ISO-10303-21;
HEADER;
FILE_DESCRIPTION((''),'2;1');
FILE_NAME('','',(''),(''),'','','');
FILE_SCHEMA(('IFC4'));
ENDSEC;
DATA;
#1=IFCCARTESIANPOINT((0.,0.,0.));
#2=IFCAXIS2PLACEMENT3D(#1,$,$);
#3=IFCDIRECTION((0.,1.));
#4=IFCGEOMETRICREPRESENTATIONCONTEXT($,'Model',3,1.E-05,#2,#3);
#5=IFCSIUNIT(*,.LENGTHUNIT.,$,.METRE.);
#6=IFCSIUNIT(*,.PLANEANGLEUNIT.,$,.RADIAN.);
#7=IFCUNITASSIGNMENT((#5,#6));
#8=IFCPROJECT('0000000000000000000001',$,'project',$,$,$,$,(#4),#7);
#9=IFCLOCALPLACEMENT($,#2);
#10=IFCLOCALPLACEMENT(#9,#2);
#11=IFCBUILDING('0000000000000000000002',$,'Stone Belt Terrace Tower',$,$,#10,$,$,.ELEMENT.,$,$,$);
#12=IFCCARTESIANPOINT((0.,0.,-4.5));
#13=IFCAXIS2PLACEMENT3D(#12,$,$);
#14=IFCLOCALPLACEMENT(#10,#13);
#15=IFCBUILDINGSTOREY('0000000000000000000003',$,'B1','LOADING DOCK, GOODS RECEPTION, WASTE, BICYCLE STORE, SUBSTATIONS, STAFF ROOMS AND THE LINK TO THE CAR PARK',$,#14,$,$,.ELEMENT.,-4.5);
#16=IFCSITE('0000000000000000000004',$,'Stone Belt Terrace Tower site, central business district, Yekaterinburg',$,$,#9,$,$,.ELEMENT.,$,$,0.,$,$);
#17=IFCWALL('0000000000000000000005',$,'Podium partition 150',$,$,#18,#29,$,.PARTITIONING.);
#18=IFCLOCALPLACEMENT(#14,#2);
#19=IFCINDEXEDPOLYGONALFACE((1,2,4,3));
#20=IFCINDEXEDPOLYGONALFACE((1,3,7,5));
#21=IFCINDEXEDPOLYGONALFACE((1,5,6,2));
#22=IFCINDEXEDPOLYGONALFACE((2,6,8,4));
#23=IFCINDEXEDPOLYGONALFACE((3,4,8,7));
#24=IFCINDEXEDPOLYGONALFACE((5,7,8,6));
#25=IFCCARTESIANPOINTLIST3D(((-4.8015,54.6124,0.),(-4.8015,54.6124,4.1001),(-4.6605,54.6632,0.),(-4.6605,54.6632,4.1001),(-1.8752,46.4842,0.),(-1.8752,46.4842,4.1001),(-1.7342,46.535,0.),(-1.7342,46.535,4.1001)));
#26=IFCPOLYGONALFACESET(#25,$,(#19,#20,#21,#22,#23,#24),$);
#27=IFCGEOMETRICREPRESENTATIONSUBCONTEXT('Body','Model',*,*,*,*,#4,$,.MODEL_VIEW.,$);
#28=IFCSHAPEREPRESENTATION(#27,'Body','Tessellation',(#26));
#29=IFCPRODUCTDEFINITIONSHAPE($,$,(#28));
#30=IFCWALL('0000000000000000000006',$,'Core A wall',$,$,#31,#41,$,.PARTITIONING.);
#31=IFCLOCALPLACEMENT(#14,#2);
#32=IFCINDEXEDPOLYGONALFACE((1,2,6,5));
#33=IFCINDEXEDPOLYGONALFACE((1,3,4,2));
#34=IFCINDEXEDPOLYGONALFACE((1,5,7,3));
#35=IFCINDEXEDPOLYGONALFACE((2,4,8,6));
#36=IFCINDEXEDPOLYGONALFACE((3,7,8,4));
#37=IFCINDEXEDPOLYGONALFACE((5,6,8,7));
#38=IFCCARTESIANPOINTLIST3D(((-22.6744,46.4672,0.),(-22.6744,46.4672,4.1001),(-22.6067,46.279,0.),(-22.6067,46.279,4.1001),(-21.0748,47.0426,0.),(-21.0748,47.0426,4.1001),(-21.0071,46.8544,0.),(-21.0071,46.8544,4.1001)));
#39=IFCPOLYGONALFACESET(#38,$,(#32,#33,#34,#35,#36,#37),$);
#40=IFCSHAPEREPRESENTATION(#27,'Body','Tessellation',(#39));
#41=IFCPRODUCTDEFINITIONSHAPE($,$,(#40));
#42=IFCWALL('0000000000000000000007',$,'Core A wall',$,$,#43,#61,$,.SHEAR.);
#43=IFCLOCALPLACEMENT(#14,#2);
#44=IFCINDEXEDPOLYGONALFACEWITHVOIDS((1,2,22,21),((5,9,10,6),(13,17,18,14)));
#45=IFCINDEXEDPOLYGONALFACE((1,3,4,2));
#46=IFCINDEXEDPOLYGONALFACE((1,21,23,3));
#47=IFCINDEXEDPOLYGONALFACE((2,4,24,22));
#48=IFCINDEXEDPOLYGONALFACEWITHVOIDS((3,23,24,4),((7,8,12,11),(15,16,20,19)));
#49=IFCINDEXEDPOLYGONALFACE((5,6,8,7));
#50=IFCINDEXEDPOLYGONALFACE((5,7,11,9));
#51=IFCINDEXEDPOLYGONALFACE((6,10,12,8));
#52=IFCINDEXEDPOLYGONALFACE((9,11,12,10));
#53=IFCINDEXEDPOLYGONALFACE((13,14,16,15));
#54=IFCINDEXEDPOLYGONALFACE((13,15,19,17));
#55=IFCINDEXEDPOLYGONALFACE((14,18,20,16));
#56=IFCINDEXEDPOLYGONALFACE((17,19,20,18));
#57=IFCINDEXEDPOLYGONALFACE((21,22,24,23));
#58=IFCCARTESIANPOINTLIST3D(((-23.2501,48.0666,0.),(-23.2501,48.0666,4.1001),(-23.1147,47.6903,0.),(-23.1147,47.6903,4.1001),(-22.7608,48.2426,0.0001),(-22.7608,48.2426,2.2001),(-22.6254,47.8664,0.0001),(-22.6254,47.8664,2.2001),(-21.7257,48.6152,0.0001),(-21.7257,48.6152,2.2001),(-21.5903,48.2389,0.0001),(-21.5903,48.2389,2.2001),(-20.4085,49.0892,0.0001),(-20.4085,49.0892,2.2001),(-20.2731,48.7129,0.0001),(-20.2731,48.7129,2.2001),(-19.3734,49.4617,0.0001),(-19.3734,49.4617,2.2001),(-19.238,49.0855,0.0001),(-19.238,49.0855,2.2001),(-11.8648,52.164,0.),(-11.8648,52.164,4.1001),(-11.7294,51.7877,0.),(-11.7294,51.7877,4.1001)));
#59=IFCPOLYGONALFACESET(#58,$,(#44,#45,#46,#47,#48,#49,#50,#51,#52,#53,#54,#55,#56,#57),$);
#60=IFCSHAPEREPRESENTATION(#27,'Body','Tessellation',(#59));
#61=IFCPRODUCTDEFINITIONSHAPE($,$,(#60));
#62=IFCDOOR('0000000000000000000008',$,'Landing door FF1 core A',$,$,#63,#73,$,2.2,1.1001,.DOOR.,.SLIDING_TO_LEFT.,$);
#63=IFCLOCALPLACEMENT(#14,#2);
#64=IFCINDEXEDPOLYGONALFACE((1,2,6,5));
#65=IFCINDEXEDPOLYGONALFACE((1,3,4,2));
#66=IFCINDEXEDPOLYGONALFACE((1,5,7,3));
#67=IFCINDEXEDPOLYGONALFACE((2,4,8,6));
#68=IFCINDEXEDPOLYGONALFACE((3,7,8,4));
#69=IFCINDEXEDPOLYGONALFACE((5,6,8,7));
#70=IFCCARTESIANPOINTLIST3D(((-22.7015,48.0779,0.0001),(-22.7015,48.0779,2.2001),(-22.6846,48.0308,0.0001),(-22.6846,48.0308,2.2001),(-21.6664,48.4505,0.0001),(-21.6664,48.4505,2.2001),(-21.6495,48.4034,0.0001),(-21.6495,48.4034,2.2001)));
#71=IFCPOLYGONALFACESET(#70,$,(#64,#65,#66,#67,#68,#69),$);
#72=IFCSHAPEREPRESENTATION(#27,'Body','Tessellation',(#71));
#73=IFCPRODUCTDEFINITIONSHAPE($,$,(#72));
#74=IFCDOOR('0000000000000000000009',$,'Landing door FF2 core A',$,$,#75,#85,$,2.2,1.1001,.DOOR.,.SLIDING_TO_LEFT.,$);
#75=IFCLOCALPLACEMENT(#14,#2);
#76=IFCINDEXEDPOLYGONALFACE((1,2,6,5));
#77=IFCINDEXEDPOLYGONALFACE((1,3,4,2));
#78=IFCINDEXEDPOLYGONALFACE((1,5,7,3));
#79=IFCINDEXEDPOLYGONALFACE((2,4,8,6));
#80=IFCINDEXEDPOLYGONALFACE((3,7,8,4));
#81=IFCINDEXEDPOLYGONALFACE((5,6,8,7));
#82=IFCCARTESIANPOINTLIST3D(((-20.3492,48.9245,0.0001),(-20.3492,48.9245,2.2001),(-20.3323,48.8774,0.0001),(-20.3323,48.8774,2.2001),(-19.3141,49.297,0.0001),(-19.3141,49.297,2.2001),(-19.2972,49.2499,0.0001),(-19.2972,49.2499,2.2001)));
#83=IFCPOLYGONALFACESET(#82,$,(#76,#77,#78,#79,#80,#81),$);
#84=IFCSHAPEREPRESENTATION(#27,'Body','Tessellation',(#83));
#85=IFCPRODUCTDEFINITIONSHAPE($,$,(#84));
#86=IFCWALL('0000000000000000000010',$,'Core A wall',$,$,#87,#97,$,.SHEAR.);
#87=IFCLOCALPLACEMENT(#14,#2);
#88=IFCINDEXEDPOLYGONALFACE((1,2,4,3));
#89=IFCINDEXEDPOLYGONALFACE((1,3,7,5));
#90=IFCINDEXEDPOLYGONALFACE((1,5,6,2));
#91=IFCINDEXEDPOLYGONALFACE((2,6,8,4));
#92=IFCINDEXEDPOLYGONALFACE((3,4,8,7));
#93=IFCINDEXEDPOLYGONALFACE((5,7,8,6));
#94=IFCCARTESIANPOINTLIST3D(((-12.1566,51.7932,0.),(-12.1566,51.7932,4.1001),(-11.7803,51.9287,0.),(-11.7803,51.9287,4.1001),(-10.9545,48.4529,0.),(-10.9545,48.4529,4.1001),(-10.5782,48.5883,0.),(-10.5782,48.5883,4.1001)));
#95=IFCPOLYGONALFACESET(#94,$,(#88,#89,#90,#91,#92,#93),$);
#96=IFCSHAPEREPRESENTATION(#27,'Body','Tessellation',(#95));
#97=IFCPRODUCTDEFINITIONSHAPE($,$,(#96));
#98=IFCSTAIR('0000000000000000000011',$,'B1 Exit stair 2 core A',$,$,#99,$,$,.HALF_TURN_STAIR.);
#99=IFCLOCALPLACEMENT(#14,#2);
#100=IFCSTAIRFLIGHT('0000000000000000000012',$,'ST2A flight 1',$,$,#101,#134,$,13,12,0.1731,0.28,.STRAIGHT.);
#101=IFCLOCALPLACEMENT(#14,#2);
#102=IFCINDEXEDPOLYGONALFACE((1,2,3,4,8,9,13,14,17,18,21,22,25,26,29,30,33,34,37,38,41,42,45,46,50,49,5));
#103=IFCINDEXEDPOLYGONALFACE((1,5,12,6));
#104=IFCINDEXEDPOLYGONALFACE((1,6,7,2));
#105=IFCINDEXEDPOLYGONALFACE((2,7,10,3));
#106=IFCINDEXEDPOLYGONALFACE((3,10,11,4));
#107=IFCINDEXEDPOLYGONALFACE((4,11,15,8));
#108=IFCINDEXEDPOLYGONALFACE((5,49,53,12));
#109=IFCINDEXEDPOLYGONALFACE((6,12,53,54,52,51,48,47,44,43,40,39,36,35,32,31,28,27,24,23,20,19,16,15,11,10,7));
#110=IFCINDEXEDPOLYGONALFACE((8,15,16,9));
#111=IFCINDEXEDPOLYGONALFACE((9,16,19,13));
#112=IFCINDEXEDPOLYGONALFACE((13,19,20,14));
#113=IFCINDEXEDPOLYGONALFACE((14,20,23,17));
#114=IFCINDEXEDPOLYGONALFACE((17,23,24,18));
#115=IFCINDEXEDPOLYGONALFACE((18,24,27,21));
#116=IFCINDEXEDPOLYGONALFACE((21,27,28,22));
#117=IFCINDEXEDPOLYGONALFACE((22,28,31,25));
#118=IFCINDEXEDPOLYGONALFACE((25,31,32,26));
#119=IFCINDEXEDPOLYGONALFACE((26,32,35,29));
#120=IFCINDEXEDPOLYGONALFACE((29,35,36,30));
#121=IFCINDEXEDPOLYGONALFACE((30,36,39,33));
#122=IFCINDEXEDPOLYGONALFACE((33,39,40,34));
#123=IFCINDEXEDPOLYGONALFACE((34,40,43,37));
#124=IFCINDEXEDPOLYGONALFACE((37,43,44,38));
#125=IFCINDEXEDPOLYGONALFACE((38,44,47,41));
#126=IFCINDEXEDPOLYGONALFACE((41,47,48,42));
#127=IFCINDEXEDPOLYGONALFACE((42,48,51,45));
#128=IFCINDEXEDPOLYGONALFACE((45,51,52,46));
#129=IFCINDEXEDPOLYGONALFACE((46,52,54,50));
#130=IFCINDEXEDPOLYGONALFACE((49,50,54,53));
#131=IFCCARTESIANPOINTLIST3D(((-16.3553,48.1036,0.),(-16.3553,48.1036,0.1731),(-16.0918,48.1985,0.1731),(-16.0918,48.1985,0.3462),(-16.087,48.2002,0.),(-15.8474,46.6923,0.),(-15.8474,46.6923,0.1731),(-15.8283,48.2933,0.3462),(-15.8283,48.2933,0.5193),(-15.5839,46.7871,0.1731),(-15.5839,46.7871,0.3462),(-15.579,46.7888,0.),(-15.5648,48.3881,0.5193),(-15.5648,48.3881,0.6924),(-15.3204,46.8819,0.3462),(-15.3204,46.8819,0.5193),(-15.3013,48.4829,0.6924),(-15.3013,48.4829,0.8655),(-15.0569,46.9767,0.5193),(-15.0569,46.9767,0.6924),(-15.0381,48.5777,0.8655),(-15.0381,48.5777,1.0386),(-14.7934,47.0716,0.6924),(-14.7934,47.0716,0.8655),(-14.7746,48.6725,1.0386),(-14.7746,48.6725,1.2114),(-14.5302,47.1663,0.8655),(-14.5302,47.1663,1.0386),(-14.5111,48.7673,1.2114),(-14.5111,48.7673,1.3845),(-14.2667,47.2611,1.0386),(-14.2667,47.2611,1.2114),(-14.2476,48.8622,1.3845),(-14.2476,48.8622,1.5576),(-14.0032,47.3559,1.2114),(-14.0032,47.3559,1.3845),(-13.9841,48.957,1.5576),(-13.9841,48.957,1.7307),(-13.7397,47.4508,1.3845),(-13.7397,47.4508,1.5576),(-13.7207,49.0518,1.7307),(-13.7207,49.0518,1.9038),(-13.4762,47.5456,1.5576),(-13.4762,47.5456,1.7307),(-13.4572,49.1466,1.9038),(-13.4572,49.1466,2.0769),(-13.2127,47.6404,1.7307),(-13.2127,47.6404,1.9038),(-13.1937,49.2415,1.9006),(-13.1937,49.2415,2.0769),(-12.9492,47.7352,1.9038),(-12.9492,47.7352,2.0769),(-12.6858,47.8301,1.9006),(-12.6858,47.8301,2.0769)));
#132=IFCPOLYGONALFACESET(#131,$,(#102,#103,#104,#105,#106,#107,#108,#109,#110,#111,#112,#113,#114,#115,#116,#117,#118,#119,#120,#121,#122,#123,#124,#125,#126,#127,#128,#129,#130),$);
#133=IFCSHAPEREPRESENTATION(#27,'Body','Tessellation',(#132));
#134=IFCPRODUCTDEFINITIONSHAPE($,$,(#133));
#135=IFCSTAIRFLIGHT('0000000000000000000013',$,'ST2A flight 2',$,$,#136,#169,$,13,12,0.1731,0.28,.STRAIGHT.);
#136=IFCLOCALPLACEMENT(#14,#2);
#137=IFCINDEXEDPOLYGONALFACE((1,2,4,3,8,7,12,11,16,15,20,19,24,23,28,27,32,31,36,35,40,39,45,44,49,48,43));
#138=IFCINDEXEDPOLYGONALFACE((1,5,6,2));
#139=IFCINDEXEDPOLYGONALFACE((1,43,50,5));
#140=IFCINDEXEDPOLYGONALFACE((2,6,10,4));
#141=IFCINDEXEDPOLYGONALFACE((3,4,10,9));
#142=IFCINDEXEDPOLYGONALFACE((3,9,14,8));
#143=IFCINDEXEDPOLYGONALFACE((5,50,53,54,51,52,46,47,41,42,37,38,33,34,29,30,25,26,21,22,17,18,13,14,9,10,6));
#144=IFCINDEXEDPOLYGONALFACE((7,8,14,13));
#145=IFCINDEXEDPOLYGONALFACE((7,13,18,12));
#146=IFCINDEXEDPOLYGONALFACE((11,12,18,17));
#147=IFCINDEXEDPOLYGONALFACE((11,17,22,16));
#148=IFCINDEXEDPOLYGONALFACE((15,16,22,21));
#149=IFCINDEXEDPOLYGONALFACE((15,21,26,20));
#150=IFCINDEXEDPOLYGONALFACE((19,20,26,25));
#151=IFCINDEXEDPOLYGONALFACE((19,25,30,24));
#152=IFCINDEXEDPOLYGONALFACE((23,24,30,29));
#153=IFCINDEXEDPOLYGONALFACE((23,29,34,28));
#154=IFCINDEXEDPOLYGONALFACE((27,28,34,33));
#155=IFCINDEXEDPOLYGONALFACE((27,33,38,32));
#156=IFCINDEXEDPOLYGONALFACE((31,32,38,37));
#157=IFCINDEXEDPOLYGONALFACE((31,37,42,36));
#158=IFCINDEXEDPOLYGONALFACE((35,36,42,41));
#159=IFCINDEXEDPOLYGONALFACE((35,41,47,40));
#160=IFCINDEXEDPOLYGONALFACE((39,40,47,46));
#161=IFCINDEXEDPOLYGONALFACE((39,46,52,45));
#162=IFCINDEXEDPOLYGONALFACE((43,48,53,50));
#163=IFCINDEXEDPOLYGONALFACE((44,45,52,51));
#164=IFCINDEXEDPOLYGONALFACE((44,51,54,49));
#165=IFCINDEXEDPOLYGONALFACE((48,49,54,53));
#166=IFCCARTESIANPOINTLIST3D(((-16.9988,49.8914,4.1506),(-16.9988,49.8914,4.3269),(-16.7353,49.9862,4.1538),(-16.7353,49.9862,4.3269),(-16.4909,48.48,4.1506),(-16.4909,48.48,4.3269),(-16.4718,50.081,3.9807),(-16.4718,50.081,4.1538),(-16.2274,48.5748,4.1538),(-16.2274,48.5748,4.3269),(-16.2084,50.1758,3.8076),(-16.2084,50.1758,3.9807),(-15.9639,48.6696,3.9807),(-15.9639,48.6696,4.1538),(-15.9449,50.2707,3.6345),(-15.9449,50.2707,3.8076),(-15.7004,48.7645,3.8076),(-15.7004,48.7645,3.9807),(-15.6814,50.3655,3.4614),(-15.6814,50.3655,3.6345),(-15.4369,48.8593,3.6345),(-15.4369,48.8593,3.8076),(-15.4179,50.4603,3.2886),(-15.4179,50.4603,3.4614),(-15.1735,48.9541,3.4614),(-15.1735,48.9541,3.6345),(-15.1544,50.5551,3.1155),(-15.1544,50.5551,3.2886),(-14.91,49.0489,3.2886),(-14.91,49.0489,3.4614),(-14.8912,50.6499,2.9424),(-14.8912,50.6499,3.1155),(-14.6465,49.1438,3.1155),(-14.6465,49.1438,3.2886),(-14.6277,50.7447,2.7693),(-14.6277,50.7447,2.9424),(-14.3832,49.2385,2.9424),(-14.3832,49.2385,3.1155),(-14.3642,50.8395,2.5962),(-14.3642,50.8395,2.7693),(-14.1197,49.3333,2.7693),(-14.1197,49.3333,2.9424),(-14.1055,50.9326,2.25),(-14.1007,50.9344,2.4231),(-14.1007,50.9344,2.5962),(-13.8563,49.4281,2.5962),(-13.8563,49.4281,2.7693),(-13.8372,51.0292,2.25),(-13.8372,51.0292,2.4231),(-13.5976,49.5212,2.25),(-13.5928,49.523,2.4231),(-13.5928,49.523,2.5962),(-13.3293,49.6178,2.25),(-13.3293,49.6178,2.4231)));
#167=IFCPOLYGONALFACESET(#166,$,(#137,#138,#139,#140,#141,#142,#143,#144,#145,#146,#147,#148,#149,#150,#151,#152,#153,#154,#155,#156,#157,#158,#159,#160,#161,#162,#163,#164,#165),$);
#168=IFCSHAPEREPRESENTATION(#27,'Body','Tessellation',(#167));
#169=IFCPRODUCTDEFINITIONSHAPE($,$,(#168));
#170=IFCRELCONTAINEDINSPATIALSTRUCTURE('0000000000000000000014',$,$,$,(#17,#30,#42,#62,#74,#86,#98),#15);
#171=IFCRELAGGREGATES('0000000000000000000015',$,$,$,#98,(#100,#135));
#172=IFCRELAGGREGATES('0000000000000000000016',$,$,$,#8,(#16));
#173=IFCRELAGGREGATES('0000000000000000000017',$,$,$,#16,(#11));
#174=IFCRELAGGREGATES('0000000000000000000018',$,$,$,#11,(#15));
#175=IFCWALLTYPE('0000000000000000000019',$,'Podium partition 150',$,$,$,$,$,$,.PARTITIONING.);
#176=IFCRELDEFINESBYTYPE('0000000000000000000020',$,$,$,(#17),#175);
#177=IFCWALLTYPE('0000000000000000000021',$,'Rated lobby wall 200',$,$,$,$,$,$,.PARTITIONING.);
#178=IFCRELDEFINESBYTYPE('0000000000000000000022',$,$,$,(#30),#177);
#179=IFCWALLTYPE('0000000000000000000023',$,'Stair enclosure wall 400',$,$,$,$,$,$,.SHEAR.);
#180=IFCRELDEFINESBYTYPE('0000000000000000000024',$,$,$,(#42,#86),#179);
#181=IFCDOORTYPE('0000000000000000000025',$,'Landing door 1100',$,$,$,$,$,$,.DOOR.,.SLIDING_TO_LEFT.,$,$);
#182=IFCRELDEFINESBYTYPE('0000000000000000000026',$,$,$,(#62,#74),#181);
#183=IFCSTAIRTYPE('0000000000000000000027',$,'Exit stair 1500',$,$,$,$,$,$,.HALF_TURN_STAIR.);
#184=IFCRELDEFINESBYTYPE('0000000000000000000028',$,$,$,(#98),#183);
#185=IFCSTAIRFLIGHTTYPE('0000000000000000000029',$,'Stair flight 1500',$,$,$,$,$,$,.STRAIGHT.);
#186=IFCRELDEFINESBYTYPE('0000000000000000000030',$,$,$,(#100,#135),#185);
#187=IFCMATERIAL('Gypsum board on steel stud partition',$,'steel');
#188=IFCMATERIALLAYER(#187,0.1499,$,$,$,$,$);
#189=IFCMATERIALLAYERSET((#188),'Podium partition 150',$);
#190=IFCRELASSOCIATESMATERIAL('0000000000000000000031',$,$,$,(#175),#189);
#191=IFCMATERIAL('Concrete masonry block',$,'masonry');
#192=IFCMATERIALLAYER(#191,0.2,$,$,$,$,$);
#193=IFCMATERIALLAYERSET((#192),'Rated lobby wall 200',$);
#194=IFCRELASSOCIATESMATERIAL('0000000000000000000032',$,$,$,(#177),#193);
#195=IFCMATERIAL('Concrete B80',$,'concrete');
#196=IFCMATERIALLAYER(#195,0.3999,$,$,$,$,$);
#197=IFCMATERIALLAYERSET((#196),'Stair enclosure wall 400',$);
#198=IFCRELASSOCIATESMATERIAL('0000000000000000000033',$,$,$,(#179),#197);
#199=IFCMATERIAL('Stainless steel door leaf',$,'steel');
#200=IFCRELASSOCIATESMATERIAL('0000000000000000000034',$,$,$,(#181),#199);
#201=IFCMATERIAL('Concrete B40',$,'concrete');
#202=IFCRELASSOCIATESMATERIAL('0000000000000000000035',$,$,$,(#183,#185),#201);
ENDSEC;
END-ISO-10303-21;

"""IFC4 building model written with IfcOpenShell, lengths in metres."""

from ifc_helpers import new_model, si_unit, direction, frame, frame_2d, origin, place, context, subcontext, project, spatial, polyline, rectangle, outline, extrude, material, layer, layer_set, type_object, element, fill, aggregate, save


model = new_model("IFC4")

# Units and contexts
model_context = context("Model", 3, precision=1e-05, world=origin(), true_north=direction((0.0, 1.0)))
body_context = subcontext(model_context, "Body", "Model", "MODEL_VIEW")
ifc_project = project(units=[si_unit("LENGTHUNIT", "METRE"), si_unit("PLANEANGLEUNIT", "RADIAN")], contexts=[model_context])

# Site, building, storey
site_placement = place(None, origin())
site = spatial("IfcSite", under=ifc_project, at=site_placement, Name="Stone Belt Terrace Tower site, central business district, Yekaterinburg", CompositionType="ELEMENT", RefElevation=0.0)
building_placement = place(site_placement, origin())
building = spatial("IfcBuilding", under=site, at=building_placement, Name="Stone Belt Terrace Tower", CompositionType="ELEMENT")
storey_placement = place(building_placement, frame((0.0, 0.0, -4.5)))
storey = spatial("IfcBuildingStorey", under=building, at=storey_placement, Name="B1", Description="LOADING DOCK, GOODS RECEPTION, WASTE, BICYCLE STORE, SUBSTATIONS, STAFF ROOMS AND THE LINK TO THE CAR PARK", CompositionType="ELEMENT", Elevation=-4.5)

# Shared definitions
ifc_material_1 = material(Name="Concrete B80", Category="concrete")

# Walls
ifc_material_2 = material(Name="Gypsum board on steel stud partition", Category="steel")
ifc_layer_1 = layer(ifc_material_2, 0.1499)
ifc_layer_set_1 = layer_set([ifc_layer_1], Name="Podium partition 150")
wall_type_1 = type_object("IfcWallType", Name="Podium partition 150", PredefinedType="PARTITIONING", material=ifc_layer_set_1)
wall_1_placement = place(storey_placement, frame((-4.731, 54.6377, 0.0), z_axis=(0.0, 0.0, 1.0), x_axis=(0.338732, -0.940883, 0.0)))
element("IfcWall", 1, at=wall_1_placement, inside=storey, type_object=wall_type_1, Name="Podium partition 150", PredefinedType="PARTITIONING", context=body_context, shape_type="SweptSolid", body=[
    extrude(rectangle(XDim=8.6389, YDim=0.1499, at=frame_2d((4.3193, 0.0))), origin(), (0.0, 0.0, 1.0), 4.1001),
])
ifc_material_3 = material(Name="Concrete masonry block", Category="masonry")
ifc_layer_2 = layer(ifc_material_3, 0.2)
ifc_layer_set_2 = layer_set([ifc_layer_2], Name="Rated lobby wall 200")
wall_type_2 = type_object("IfcWallType", Name="Rated lobby wall 200", PredefinedType="PARTITIONING", material=ifc_layer_set_2)
wall_2_placement = place(storey_placement, frame((-22.6406, 46.373, 0.0), z_axis=(0.0, 0.0, 1.0), x_axis=(0.940966, 0.338501, 0.0)))
element("IfcWall", 2, at=wall_2_placement, inside=storey, type_object=wall_type_2, Name="Core A wall", PredefinedType="PARTITIONING", context=body_context, shape_type="SweptSolid", body=[
    extrude(rectangle(XDim=1.7, YDim=0.2, at=frame_2d((0.8501, 0.0))), origin(), (0.0, 0.0, 1.0), 4.1001),
])

# Wall, openings, doors
ifc_layer_3 = layer(ifc_material_1, 0.3999)
ifc_layer_set_3 = layer_set([ifc_layer_3], Name="Stair enclosure wall 400")
wall_type_3 = type_object("IfcWallType", Name="Stair enclosure wall 400", PredefinedType="SHEAR", material=ifc_layer_set_3)
wall_3_placement = place(storey_placement, frame((-23.1824, 47.8784, 0.0), z_axis=(0.0, 0.0, 1.0), x_axis=(0.940921, 0.338626, 0.0)))
wall_3 = element("IfcWall", 3, at=wall_3_placement, inside=storey, type_object=wall_type_3, Name="Core A wall", PredefinedType="SHEAR", context=body_context, shape_type="SweptSolid", body=[
    extrude(rectangle(XDim=12.1001, YDim=0.3999, at=frame_2d((6.05, 0.0))), origin(), (0.0, 0.0, 1.0), 4.1001),
])
opening_1_placement = place(wall_3_placement, frame((0.52, 0.0, 0.0)))
opening_1 = element("IfcOpeningElement", 4, at=opening_1_placement, cuts=wall_3, PredefinedType="OPENING", context=body_context, shape_type="SweptSolid", body=[
    extrude(rectangle(XDim=1.1001, YDim=2.2, at=frame_2d((0.55, 1.1001))), frame((0.0, 0.21, 0.0), z_axis=(0.0, -1.0, 0.0), x_axis=(1.0, 0.0, 0.0)), (0.0, 0.0, 1.0), 0.4199),
])
opening_2_placement = place(wall_3_placement, frame((3.02, 0.0, 0.0)))
opening_2 = element("IfcOpeningElement", 5, at=opening_2_placement, cuts=wall_3, PredefinedType="OPENING", context=body_context, shape_type="SweptSolid", body=[
    extrude(rectangle(XDim=1.1001, YDim=2.2, at=frame_2d((0.55, 1.1001))), frame((0.0, 0.21, 0.0), z_axis=(0.0, -1.0, 0.0), x_axis=(1.0, 0.0, 0.0)), (0.0, 0.0, 1.0), 0.4199),
])
ifc_material_4 = material(Name="Stainless steel door leaf", Category="steel")
door_type_1 = type_object("IfcDoorType", Name="Landing door 1100", OperationType="SLIDING_TO_LEFT", PredefinedType="DOOR", material=ifc_material_4)
door_1_placement = place(opening_1_placement, origin())
door_1 = element("IfcDoor", 6, at=door_1_placement, inside=storey, type_object=door_type_1, Name="Landing door FF1 core A", OperationType="SLIDING_TO_LEFT", OverallHeight=2.2, OverallWidth=1.1001, PredefinedType="DOOR", context=body_context, shape_type="SweptSolid", body=[
    extrude(rectangle(XDim=1.1001, YDim=2.2, at=frame_2d((0.55, 1.1001))), frame((0.0, 0.0249, 0.0), z_axis=(0.0, -1.0, 0.0), x_axis=(1.0, 0.0, 0.0)), (0.0, 0.0, 1.0), 0.05),
])
fill(opening_1, door_1)
door_2_placement = place(opening_2_placement, origin())
door_2 = element("IfcDoor", 7, at=door_2_placement, inside=storey, type_object=door_type_1, Name="Landing door FF2 core A", OperationType="SLIDING_TO_LEFT", OverallHeight=2.2, OverallWidth=1.1001, PredefinedType="DOOR", context=body_context, shape_type="SweptSolid", body=[
    extrude(rectangle(XDim=1.1001, YDim=2.2, at=frame_2d((0.55, 1.1001))), frame((0.0, 0.0249, 0.0), z_axis=(0.0, -1.0, 0.0), x_axis=(1.0, 0.0, 0.0)), (0.0, 0.0, 1.0), 0.05),
])
fill(opening_2, door_2)

# Wall
wall_4_placement = place(storey_placement, frame((-10.7664, 48.5208, 0.0), z_axis=(0.0, 0.0, 1.0), x_axis=(-0.338627, 0.940921, 0.0)))
element("IfcWall", 8, at=wall_4_placement, inside=storey, type_object=wall_type_3, Name="Core A wall", PredefinedType="SHEAR", context=body_context, shape_type="SweptSolid", body=[
    extrude(rectangle(XDim=3.55, YDim=0.3999, at=frame_2d((1.7749, 0.0))), origin(), (0.0, 0.0, 1.0), 4.1001),
])

# Stair, stair flights
ifc_material_5 = material(Name="Concrete B40", Category="concrete")
stair_type = type_object("IfcStairType", Name="Exit stair 1500", PredefinedType="HALF_TURN_STAIR", material=ifc_material_5)
stair_placement = place(storey_placement, origin())
stair = element("IfcStair", 9, at=stair_placement, inside=storey, type_object=stair_type, Name="B1 Exit stair 2 core A", PredefinedType="HALF_TURN_STAIR")
stair_flight_type = type_object("IfcStairFlightType", Name="Stair flight 1500", PredefinedType="STRAIGHT", material=ifc_material_5)
stair_flight_1_placement = place(storey_placement, frame((-16.1013, 47.3979, 0.0), z_axis=(0.0, 0.0, 1.0), x_axis=(0.940922, 0.338624, 0.0)))
stair_flight_1 = element("IfcStairFlight", 10, at=stair_flight_1_placement, type_object=stair_flight_type, Name="ST2A flight 1", NumberOfRisers=13, NumberOfTreads=12, PredefinedType="STRAIGHT", RiserHeight=0.1731, TreadLength=0.28, context=body_context, shape_type="SweptSolid", body=[
    extrude(outline(polyline([(0.0, 0.0), (0.0, 0.1731), (0.28, 0.1731), (0.28, 0.3462), (0.5601, 0.3462), (0.5601, 0.5193), (0.8401, 0.5193), (0.8401, 0.6924), (1.1201, 0.6924), (1.1201, 0.8655), (1.3999, 0.8655), (1.3999, 1.0386), (1.6799, 1.0386), (1.6799, 1.2114), (1.96, 1.2114), (1.96, 1.3845), (2.24, 1.3845), (2.24, 1.5576), (2.52, 1.5576), (2.52, 1.7307), (2.8, 1.7307), (2.8, 1.9038), (3.0801, 1.9038), (3.0801, 2.0769), (3.3601, 2.0769), (3.3601, 2.25), (3.3601, 1.9006), (0.2852, 0.0), (0.0, 0.0)])), frame((0.0, 0.75, 0.0), z_axis=(0.0, -1.0, 0.0), x_axis=(1.0, 0.0, 0.0)), (0.0, 0.0, 1.0), 1.5),
])
stair_flight_2_placement = place(storey_placement, frame((-13.5833, 50.3235, 2.25), z_axis=(0.0, 0.0, 1.0), x_axis=(-0.940922, -0.338624, 0.0)))
stair_flight_2 = element("IfcStairFlight", 11, at=stair_flight_2_placement, type_object=stair_flight_type, Name="ST2A flight 2", NumberOfRisers=13, NumberOfTreads=12, PredefinedType="STRAIGHT", RiserHeight=0.1731, TreadLength=0.28, context=body_context, shape_type="SweptSolid", body=[
    extrude(outline(polyline([(0.0, 0.0), (0.0, 0.1731), (0.28, 0.1731), (0.28, 0.3462), (0.5601, 0.3462), (0.5601, 0.5193), (0.8401, 0.5193), (0.8401, 0.6924), (1.1201, 0.6924), (1.1201, 0.8655), (1.3999, 0.8655), (1.3999, 1.0386), (1.6799, 1.0386), (1.6799, 1.2114), (1.96, 1.2114), (1.96, 1.3845), (2.24, 1.3845), (2.24, 1.5576), (2.52, 1.5576), (2.52, 1.7307), (2.8, 1.7307), (2.8, 1.9038), (3.0801, 1.9038), (3.0801, 2.0769), (3.3601, 2.0769), (3.3601, 2.25), (3.3601, 1.9006), (0.2852, 0.0), (0.0, 0.0)])), frame((0.0, 0.75, 0.0), z_axis=(0.0, -1.0, 0.0), x_axis=(1.0, 0.0, 0.0)), (0.0, 0.0, 1.0), 1.5),
])
aggregate(stair, [stair_flight_1, stair_flight_2])

save(model, "model.ifc")
